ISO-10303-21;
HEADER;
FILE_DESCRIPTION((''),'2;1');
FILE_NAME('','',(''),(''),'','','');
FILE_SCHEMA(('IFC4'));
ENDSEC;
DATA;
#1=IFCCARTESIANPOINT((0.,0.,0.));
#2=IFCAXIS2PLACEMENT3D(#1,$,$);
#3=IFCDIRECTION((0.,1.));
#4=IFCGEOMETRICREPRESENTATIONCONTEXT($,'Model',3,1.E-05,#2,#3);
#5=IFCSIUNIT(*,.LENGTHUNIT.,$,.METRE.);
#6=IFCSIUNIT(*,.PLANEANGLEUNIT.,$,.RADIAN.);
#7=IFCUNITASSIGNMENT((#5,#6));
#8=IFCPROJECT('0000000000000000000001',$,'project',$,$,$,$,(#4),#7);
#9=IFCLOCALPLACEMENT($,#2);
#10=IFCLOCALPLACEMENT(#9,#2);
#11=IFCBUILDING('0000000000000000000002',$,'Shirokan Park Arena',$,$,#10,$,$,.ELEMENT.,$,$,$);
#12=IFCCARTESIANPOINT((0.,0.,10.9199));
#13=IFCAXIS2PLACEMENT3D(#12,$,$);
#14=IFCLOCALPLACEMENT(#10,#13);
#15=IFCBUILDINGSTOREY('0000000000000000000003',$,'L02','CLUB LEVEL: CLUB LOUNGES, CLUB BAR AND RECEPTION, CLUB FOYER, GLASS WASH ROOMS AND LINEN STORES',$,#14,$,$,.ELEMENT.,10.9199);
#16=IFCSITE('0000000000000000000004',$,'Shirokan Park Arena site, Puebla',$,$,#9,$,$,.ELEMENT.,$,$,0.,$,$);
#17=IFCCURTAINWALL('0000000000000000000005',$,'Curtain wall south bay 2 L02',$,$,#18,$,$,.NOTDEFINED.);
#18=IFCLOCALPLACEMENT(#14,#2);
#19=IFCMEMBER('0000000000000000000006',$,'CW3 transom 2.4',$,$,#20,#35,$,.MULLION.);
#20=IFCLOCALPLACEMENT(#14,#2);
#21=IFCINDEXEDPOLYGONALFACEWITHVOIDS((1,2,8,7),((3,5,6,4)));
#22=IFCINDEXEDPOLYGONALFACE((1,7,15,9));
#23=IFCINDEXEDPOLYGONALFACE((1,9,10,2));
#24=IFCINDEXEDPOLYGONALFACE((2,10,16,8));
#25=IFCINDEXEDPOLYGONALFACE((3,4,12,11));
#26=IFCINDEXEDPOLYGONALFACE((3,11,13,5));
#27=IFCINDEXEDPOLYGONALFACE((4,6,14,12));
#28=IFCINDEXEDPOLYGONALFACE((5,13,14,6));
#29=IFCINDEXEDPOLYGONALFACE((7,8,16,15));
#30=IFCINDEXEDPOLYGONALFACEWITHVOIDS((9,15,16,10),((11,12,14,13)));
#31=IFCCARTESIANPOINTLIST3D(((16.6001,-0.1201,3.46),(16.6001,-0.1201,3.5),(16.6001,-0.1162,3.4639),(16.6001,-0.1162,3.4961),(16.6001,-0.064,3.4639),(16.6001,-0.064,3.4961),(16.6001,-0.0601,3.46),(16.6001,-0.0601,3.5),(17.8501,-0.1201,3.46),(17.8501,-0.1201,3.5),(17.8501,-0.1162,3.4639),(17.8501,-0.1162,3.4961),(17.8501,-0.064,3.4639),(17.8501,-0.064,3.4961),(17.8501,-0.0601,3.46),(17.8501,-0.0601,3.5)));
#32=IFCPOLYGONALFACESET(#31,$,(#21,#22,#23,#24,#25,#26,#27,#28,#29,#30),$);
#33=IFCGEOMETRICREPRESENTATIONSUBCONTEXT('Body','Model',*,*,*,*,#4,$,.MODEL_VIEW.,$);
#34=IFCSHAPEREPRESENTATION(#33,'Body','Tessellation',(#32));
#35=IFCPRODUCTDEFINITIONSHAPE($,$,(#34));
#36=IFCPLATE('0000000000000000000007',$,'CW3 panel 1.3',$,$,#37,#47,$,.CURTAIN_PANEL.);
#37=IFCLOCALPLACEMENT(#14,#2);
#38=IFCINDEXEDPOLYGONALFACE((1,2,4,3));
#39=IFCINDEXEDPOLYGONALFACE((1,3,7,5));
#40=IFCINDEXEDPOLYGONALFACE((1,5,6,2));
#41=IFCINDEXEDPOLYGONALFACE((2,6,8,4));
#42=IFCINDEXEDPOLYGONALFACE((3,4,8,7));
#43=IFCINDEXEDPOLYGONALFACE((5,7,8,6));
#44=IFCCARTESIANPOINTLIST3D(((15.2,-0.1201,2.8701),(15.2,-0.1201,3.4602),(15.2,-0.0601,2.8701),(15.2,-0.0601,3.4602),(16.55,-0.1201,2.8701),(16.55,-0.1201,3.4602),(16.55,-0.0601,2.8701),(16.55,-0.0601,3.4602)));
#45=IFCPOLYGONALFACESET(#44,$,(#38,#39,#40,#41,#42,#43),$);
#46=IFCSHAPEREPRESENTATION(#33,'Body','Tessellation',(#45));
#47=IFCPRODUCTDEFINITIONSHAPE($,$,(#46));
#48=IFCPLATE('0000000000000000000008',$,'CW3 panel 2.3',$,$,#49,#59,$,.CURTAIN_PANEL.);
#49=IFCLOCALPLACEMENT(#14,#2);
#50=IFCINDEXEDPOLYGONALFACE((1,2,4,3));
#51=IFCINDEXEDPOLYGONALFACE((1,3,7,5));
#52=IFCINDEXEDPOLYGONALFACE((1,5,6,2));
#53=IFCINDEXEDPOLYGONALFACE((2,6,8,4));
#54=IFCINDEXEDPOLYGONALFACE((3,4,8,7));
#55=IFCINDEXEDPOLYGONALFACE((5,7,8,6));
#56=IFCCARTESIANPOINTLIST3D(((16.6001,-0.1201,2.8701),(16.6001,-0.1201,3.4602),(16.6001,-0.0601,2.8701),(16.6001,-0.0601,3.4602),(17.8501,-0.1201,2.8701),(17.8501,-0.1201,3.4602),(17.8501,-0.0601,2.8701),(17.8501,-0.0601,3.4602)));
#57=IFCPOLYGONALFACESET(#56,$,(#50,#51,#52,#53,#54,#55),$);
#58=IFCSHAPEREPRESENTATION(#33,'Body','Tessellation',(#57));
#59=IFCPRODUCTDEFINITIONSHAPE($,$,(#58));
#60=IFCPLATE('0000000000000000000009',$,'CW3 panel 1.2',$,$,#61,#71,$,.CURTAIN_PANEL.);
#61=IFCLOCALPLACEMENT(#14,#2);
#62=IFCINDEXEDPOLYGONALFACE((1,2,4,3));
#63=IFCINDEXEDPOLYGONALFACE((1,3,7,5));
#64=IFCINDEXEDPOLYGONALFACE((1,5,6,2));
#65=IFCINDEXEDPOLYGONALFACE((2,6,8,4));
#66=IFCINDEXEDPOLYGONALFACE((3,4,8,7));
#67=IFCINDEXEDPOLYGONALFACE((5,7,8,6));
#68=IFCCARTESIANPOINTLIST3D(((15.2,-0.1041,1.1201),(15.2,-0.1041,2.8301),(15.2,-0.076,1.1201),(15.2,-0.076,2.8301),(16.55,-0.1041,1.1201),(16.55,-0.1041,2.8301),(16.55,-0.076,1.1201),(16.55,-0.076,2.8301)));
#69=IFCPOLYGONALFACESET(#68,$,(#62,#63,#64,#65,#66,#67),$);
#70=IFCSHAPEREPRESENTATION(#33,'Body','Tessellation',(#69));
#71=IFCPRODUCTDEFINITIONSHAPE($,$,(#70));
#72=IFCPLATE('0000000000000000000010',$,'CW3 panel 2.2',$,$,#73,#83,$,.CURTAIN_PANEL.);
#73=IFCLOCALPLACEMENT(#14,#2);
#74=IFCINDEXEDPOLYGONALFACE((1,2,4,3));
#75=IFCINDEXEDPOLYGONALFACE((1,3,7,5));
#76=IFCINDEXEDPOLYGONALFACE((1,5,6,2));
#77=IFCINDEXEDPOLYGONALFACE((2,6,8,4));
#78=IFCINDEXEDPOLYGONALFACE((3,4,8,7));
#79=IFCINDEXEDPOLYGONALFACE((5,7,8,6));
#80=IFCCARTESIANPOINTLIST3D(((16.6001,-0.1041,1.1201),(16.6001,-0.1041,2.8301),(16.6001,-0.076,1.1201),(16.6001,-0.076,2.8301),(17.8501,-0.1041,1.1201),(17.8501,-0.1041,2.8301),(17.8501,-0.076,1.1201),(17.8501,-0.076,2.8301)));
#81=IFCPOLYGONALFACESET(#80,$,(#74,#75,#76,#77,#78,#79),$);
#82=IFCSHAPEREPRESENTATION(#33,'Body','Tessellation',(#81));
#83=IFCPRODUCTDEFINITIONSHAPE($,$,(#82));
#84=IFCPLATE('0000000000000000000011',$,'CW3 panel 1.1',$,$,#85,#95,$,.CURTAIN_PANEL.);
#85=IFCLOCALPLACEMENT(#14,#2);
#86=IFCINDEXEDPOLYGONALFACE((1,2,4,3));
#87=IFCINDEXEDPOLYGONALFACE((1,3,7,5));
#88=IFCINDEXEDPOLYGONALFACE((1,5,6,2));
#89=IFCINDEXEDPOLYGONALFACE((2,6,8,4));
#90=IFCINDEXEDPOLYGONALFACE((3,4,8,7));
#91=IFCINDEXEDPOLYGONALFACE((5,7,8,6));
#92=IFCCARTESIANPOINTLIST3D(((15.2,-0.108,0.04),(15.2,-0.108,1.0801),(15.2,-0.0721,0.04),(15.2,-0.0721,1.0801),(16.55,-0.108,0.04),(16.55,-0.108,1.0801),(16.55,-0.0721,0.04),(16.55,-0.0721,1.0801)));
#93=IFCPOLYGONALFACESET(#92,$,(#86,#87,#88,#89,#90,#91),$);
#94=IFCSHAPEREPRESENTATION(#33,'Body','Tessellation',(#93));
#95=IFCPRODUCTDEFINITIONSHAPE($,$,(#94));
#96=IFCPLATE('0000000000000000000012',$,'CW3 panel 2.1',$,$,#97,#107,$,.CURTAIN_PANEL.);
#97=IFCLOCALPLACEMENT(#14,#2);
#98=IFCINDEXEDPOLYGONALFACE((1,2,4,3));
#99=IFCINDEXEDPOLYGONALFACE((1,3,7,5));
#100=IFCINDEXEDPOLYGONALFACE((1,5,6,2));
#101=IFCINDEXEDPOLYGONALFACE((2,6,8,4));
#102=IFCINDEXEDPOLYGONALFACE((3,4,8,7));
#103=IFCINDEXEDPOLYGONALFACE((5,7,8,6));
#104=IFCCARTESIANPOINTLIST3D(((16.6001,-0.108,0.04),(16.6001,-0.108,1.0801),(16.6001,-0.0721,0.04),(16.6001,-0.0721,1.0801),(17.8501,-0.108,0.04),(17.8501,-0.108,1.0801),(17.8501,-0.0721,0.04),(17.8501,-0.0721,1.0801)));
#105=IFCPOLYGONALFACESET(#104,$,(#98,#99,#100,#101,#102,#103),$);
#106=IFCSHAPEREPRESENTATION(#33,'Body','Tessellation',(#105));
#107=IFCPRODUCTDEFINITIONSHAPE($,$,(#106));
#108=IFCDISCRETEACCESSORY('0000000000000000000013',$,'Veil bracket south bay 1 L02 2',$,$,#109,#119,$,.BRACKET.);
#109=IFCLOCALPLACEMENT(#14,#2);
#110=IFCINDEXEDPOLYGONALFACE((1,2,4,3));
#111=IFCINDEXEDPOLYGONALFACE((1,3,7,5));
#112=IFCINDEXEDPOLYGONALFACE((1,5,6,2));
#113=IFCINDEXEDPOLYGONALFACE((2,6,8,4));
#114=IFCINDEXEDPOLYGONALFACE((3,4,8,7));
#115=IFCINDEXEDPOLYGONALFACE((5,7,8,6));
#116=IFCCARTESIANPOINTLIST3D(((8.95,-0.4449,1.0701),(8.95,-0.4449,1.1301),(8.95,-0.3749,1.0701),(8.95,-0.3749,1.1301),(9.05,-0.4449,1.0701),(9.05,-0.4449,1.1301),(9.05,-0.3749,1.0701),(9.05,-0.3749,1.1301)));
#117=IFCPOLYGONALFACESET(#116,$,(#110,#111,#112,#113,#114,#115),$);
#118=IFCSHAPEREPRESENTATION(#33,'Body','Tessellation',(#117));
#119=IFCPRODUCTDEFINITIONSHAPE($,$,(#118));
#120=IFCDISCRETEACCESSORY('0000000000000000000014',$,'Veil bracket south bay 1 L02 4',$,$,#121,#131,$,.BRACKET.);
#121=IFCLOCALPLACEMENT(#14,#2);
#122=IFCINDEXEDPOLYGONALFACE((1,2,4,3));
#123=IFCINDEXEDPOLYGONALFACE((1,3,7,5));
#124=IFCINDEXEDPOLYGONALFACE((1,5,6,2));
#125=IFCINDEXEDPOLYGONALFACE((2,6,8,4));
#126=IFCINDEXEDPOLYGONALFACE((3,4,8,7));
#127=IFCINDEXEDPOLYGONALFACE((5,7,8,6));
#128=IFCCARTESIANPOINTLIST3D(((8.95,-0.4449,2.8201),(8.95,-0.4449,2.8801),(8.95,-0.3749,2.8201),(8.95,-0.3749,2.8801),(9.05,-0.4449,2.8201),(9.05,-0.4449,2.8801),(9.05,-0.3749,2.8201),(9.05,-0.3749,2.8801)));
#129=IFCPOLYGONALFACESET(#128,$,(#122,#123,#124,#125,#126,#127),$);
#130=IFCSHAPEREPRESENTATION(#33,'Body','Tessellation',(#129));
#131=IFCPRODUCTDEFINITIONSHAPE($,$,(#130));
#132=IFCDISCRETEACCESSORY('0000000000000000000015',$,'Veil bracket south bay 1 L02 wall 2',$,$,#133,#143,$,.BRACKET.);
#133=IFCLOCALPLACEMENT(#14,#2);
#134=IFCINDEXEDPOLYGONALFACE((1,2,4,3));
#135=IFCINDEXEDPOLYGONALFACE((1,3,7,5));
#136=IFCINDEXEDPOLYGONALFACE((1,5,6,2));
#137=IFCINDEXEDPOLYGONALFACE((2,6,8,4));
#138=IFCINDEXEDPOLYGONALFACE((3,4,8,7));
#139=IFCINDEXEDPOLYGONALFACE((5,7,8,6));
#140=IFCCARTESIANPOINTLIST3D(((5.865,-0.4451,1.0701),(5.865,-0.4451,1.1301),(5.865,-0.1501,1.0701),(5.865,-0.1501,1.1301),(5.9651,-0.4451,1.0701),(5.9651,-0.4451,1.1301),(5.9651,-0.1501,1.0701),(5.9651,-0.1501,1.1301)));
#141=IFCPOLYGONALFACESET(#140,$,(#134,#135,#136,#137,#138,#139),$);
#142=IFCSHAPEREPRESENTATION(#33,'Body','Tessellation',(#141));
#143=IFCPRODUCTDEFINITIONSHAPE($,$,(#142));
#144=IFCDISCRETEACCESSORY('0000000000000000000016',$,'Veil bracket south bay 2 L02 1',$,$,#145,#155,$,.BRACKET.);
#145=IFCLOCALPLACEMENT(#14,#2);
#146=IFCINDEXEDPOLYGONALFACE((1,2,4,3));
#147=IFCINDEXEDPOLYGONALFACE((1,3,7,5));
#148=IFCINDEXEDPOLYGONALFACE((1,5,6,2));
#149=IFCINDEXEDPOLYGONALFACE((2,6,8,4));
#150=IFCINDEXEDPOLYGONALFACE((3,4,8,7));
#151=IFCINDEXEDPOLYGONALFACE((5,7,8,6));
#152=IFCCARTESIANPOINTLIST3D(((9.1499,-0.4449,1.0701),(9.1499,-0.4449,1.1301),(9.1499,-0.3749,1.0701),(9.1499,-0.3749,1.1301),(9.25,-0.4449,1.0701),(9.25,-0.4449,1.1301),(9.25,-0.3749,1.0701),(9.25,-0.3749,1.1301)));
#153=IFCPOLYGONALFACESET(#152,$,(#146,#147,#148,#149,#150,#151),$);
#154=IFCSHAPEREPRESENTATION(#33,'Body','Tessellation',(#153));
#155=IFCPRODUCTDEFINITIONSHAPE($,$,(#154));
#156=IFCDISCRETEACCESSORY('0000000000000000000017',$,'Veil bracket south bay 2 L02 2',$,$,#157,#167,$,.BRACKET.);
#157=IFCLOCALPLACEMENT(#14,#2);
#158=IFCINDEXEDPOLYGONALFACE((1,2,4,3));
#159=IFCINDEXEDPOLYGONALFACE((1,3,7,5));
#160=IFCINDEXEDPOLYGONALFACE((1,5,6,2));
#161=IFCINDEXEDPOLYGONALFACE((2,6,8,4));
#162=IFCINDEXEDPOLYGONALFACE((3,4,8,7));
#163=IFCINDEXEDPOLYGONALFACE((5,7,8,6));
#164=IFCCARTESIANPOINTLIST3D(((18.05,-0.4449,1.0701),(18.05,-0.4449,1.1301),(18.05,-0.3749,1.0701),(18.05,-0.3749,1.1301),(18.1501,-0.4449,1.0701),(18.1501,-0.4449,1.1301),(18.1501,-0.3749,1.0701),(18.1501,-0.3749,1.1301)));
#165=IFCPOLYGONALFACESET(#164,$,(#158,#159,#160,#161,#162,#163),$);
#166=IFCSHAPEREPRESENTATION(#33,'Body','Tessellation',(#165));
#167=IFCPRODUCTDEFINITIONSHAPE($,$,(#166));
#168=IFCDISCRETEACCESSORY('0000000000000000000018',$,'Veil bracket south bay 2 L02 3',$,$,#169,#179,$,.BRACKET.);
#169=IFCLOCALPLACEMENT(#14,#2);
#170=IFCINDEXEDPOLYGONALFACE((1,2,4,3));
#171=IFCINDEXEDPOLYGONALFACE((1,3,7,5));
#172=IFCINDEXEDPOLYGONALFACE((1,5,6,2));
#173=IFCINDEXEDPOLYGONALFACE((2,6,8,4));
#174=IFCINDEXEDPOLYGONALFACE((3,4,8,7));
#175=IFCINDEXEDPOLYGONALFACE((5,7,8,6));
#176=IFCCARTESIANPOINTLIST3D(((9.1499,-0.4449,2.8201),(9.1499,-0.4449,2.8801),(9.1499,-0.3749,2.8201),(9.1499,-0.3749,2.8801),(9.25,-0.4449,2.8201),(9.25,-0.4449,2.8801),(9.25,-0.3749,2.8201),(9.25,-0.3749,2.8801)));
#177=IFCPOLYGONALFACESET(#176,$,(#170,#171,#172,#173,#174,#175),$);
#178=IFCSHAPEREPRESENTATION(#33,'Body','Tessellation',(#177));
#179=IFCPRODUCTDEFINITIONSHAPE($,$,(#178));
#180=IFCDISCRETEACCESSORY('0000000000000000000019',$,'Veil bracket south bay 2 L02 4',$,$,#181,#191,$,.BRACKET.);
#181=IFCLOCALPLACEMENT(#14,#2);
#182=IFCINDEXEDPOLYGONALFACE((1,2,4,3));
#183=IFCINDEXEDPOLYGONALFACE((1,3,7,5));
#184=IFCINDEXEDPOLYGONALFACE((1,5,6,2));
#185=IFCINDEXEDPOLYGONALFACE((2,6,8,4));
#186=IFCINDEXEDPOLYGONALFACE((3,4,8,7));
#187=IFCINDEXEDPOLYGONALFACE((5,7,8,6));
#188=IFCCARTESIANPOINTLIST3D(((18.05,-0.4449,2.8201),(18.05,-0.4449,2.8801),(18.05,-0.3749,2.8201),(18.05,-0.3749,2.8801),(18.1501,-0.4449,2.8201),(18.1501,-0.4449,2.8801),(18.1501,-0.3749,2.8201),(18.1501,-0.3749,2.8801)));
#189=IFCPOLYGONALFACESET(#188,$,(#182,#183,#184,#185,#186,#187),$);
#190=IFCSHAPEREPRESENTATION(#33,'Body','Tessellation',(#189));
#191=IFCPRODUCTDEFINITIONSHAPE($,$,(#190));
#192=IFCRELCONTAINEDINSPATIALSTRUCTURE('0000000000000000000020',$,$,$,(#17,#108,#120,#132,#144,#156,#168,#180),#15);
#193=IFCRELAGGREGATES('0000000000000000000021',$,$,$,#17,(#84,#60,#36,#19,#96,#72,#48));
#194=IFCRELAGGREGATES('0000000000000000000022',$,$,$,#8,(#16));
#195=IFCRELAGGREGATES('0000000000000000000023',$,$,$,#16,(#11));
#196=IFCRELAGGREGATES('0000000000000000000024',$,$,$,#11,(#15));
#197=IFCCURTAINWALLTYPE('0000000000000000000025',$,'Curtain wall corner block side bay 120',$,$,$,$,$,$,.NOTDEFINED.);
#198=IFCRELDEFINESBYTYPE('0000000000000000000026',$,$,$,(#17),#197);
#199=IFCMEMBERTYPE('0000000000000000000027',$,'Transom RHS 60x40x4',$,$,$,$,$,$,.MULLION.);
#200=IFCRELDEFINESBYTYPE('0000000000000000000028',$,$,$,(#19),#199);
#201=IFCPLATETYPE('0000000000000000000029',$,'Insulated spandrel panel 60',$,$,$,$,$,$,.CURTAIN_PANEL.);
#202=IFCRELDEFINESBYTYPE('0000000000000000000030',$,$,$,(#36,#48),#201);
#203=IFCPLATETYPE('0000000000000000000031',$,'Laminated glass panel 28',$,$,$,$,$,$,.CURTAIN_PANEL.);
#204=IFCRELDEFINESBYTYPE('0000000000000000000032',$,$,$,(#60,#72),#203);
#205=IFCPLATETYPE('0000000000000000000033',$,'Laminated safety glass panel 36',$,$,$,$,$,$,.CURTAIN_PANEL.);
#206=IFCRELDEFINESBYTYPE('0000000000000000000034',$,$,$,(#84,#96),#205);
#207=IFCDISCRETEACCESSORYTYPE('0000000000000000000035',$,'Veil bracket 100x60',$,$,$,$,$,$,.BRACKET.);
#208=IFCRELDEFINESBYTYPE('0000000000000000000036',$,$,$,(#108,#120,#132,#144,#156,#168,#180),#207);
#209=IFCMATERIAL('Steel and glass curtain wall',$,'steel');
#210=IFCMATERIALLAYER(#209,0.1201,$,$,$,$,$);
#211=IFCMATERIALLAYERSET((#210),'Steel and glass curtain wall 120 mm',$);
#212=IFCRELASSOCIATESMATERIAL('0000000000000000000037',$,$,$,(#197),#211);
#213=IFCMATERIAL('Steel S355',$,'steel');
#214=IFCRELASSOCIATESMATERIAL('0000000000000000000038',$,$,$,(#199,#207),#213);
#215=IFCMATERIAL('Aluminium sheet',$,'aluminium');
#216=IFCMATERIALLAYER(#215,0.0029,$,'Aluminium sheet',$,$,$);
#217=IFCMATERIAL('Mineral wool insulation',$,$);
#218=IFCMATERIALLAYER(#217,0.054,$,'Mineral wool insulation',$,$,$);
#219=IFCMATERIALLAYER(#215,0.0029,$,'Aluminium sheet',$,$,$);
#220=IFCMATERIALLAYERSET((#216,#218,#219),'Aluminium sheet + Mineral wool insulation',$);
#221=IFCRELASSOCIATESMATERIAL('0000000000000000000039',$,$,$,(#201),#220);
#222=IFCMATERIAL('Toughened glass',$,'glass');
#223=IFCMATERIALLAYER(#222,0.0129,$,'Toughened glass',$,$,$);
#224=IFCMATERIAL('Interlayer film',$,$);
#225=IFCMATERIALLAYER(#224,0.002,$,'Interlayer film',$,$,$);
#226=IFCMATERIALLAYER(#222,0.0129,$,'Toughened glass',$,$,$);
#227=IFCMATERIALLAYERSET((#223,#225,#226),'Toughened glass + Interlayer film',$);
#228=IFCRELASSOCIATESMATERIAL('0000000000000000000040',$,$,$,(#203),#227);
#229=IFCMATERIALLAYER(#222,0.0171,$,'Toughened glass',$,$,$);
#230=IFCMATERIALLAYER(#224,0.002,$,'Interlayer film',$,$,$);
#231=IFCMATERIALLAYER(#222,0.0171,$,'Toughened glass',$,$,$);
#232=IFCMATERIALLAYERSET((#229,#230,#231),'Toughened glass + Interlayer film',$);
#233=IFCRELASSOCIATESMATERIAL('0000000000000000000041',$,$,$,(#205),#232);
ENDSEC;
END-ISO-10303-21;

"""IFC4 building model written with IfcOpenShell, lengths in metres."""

from ifc_helpers import new_model, si_unit, direction, frame, origin, origin_2d, place, context, subcontext, project, spatial, rectangle, hollow_rectangle, extrude, material, layer, layer_set, material_profile, profile_set, type_object, element, aggregate, save


model = new_model("IFC4")

# Units and contexts
model_context = context("Model", 3, precision=1e-05, world=origin(), true_north=direction((0.0, 1.0)))
body_context = subcontext(model_context, "Body", "Model", "MODEL_VIEW")
ifc_project = project(units=[si_unit("LENGTHUNIT", "METRE"), si_unit("PLANEANGLEUNIT", "RADIAN")], contexts=[model_context])

# Site, building, storey
site_placement = place(None, origin())
site = spatial("IfcSite", under=ifc_project, at=site_placement, Name="Shirokan Park Arena site, Puebla", CompositionType="ELEMENT", RefElevation=0.0)
building_placement = place(site_placement, origin())
building = spatial("IfcBuilding", under=site, at=building_placement, Name="Shirokan Park Arena", CompositionType="ELEMENT")
storey_placement = place(building_placement, frame((0.0, 0.0, 10.9199)))
storey = spatial("IfcBuildingStorey", under=building, at=storey_placement, Name="L02", Description="CLUB LEVEL: CLUB LOUNGES, CLUB BAR AND RECEPTION, CLUB FOYER, GLASS WASH ROOMS AND LINEN STORES", CompositionType="ELEMENT", Elevation=10.9199)

# Curtain wall, member, plates
ifc_material_1 = material(Name="Steel and glass curtain wall", Category="steel")
ifc_layer_1 = layer(ifc_material_1, 0.1201)
ifc_layer_set_1 = layer_set([ifc_layer_1], Name="Steel and glass curtain wall 120 mm")
curtain_wall_type = type_object("IfcCurtainWallType", Name="Curtain wall corner block side bay 120", PredefinedType="NOTDEFINED", material=ifc_layer_set_1)
curtain_wall_placement = place(storey_placement, origin())
curtain_wall = element("IfcCurtainWall", 1, at=curtain_wall_placement, inside=storey, type_object=curtain_wall_type, Name="Curtain wall south bay 2 L02", PredefinedType="NOTDEFINED")
ifc_material_2 = material(Name="Steel S355", Category="steel")
ifc_material_profile_1 = material_profile(ifc_material_2, hollow_rectangle(XDim=0.0601, YDim=0.04, WallThickness=0.0039, at=origin_2d()), Name="RHS 60x40x4")
ifc_profile_set_1 = profile_set([ifc_material_profile_1], Name="Steel S355")
member_type_1 = type_object("IfcMemberType", Name="Transom RHS 60x40x4", PredefinedType="MULLION", material=ifc_profile_set_1)
member_1_placement = place(storey_placement, frame((16.6001, -0.0901, 3.48), z_axis=(1.0, 0.0, 0.0), x_axis=(0.0, 1.0, 0.0)))
member_1 = element("IfcMember", 2, at=member_1_placement, type_object=member_type_1, Name="CW3 transom 2.4", PredefinedType="MULLION", context=body_context, shape_type="SweptSolid", body=[
    extrude(hollow_rectangle(XDim=0.0601, YDim=0.04, WallThickness=0.0039, at=origin_2d()), origin(), (0.0, 0.0, 1.0), 1.25),
])
ifc_material_3 = material(Name="Aluminium sheet", Category="aluminium")
ifc_layer_2 = layer(ifc_material_3, 0.0029, Name="Aluminium sheet")
ifc_material_4 = material(Name="Mineral wool insulation")
ifc_layer_3 = layer(ifc_material_4, 0.054, Name="Mineral wool insulation")
ifc_layer_4 = layer(ifc_material_3, 0.0029, Name="Aluminium sheet")
ifc_layer_set_2 = layer_set([ifc_layer_2, ifc_layer_3, ifc_layer_4], Name="Aluminium sheet + Mineral wool insulation")
plate_type_1 = type_object("IfcPlateType", Name="Insulated spandrel panel 60", PredefinedType="CURTAIN_PANEL", material=ifc_layer_set_2)
plate_1_placement = place(storey_placement, frame((15.875, -0.0901, 2.8701), z_axis=(0.0, 0.0, 1.0), x_axis=(1.0, 0.0, 0.0)))
plate_1 = element("IfcPlate", 3, at=plate_1_placement, type_object=plate_type_1, Name="CW3 panel 1.3", PredefinedType="CURTAIN_PANEL", context=body_context, shape_type="SweptSolid", body=[
    extrude(rectangle(XDim=1.3501, YDim=0.0601, at=origin_2d()), origin(), (0.0, 0.0, 1.0), 0.5901),
])
plate_2_placement = place(storey_placement, frame((17.2251, -0.0901, 2.8701), z_axis=(0.0, 0.0, 1.0), x_axis=(1.0, 0.0, 0.0)))
plate_2 = element("IfcPlate", 4, at=plate_2_placement, type_object=plate_type_1, Name="CW3 panel 2.3", PredefinedType="CURTAIN_PANEL", context=body_context, shape_type="SweptSolid", body=[
    extrude(rectangle(XDim=1.25, YDim=0.0601, at=origin_2d()), origin(), (0.0, 0.0, 1.0), 0.5901),
])
ifc_material_5 = material(Name="Toughened glass", Category="glass")
ifc_layer_5 = layer(ifc_material_5, 0.0129, Name="Toughened glass")
ifc_material_6 = material(Name="Interlayer film")
ifc_layer_6 = layer(ifc_material_6, 0.002, Name="Interlayer film")
ifc_layer_7 = layer(ifc_material_5, 0.0129, Name="Toughened glass")
ifc_layer_set_3 = layer_set([ifc_layer_5, ifc_layer_6, ifc_layer_7], Name="Toughened glass + Interlayer film")
plate_type_2 = type_object("IfcPlateType", Name="Laminated glass panel 28", PredefinedType="CURTAIN_PANEL", material=ifc_layer_set_3)
plate_3_placement = place(storey_placement, frame((15.875, -0.0901, 1.1201), z_axis=(0.0, 0.0, 1.0), x_axis=(1.0, 0.0, 0.0)))
plate_3 = element("IfcPlate", 5, at=plate_3_placement, type_object=plate_type_2, Name="CW3 panel 1.2", PredefinedType="CURTAIN_PANEL", context=body_context, shape_type="SweptSolid", body=[
    extrude(rectangle(XDim=1.3501, YDim=0.0281, at=origin_2d()), origin(), (0.0, 0.0, 1.0), 1.71),
])
plate_4_placement = place(storey_placement, frame((17.2251, -0.0901, 1.1201), z_axis=(0.0, 0.0, 1.0), x_axis=(1.0, 0.0, 0.0)))
plate_4 = element("IfcPlate", 6, at=plate_4_placement, type_object=plate_type_2, Name="CW3 panel 2.2", PredefinedType="CURTAIN_PANEL", context=body_context, shape_type="SweptSolid", body=[
    extrude(rectangle(XDim=1.25, YDim=0.0281, at=origin_2d()), origin(), (0.0, 0.0, 1.0), 1.71),
])
ifc_layer_8 = layer(ifc_material_5, 0.0171, Name="Toughened glass")
ifc_layer_9 = layer(ifc_material_6, 0.002, Name="Interlayer film")
ifc_layer_10 = layer(ifc_material_5, 0.0171, Name="Toughened glass")
ifc_layer_set_4 = layer_set([ifc_layer_8, ifc_layer_9, ifc_layer_10], Name="Toughened glass + Interlayer film")
plate_type_3 = type_object("IfcPlateType", Name="Laminated safety glass panel 36", PredefinedType="CURTAIN_PANEL", material=ifc_layer_set_4)
plate_5_placement = place(storey_placement, frame((15.875, -0.0901, 0.04), z_axis=(0.0, 0.0, 1.0), x_axis=(1.0, 0.0, 0.0)))
plate_5 = element("IfcPlate", 7, at=plate_5_placement, type_object=plate_type_3, Name="CW3 panel 1.1", PredefinedType="CURTAIN_PANEL", context=body_context, shape_type="SweptSolid", body=[
    extrude(rectangle(XDim=1.3501, YDim=0.0359, at=origin_2d()), origin(), (0.0, 0.0, 1.0), 1.04),
])
plate_6_placement = place(storey_placement, frame((17.2251, -0.0901, 0.04), z_axis=(0.0, 0.0, 1.0), x_axis=(1.0, 0.0, 0.0)))
plate_6 = element("IfcPlate", 8, at=plate_6_placement, type_object=plate_type_3, Name="CW3 panel 2.1", PredefinedType="CURTAIN_PANEL", context=body_context, shape_type="SweptSolid", body=[
    extrude(rectangle(XDim=1.25, YDim=0.0359, at=origin_2d()), origin(), (0.0, 0.0, 1.0), 1.04),
])
aggregate(curtain_wall, [plate_5, plate_3, plate_1, member_1, plate_6, plate_4, plate_2])

# Discrete accessories
discrete_accessory_type = type_object("IfcDiscreteAccessoryType", Name="Veil bracket 100x60", PredefinedType="BRACKET", material=ifc_material_2)
for number, where, z_axis, x_axis, name in (
    (9, (9.0, -0.4099, 1.0701), (0.0, 0.0, 1.0), (1.0, 0.0, 0.0), "Veil bracket south bay 1 L02 2"),
    (10, (9.0, -0.4099, 2.8201), (0.0, 0.0, 1.0), (1.0, 0.0, 0.0), "Veil bracket south bay 1 L02 4"),
):
    element("IfcDiscreteAccessory", number, at=place(storey_placement, frame(where, z_axis=z_axis, x_axis=x_axis)), inside=storey, type_object=discrete_accessory_type, Name=name, PredefinedType="BRACKET", context=body_context, shape_type="SweptSolid", body=[
        extrude(rectangle(XDim=0.1001, YDim=0.0701, at=origin_2d()), origin(), (0.0, 0.0, 1.0), 0.0601),
    ])
discrete_accessory_placement = place(storey_placement, frame((5.915, -0.2976, 1.0701), z_axis=(0.0, 0.0, 1.0), x_axis=(1.0, 0.0, 0.0)))
element("IfcDiscreteAccessory", 11, at=discrete_accessory_placement, inside=storey, type_object=discrete_accessory_type, Name="Veil bracket south bay 1 L02 wall 2", PredefinedType="BRACKET", context=body_context, shape_type="SweptSolid", body=[
    extrude(rectangle(XDim=0.1001, YDim=0.2949, at=origin_2d()), origin(), (0.0, 0.0, 1.0), 0.0601),
])
for number, where, z_axis, x_axis, name in (
    (12, (9.2, -0.4099, 1.0701), (0.0, 0.0, 1.0), (1.0, 0.0, 0.0), "Veil bracket south bay 2 L02 1"),
    (13, (18.1001, -0.4099, 1.0701), (0.0, 0.0, 1.0), (1.0, 0.0, 0.0), "Veil bracket south bay 2 L02 2"),
    (14, (9.2, -0.4099, 2.8201), (0.0, 0.0, 1.0), (1.0, 0.0, 0.0), "Veil bracket south bay 2 L02 3"),
    (15, (18.1001, -0.4099, 2.8201), (0.0, 0.0, 1.0), (1.0, 0.0, 0.0), "Veil bracket south bay 2 L02 4"),
):
    element("IfcDiscreteAccessory", number, at=place(storey_placement, frame(where, z_axis=z_axis, x_axis=x_axis)), inside=storey, type_object=discrete_accessory_type, Name=name, PredefinedType="BRACKET", context=body_context, shape_type="SweptSolid", body=[
        extrude(rectangle(XDim=0.1001, YDim=0.0701, at=origin_2d()), origin(), (0.0, 0.0, 1.0), 0.0601),
    ])

save(model, "model.ifc")
